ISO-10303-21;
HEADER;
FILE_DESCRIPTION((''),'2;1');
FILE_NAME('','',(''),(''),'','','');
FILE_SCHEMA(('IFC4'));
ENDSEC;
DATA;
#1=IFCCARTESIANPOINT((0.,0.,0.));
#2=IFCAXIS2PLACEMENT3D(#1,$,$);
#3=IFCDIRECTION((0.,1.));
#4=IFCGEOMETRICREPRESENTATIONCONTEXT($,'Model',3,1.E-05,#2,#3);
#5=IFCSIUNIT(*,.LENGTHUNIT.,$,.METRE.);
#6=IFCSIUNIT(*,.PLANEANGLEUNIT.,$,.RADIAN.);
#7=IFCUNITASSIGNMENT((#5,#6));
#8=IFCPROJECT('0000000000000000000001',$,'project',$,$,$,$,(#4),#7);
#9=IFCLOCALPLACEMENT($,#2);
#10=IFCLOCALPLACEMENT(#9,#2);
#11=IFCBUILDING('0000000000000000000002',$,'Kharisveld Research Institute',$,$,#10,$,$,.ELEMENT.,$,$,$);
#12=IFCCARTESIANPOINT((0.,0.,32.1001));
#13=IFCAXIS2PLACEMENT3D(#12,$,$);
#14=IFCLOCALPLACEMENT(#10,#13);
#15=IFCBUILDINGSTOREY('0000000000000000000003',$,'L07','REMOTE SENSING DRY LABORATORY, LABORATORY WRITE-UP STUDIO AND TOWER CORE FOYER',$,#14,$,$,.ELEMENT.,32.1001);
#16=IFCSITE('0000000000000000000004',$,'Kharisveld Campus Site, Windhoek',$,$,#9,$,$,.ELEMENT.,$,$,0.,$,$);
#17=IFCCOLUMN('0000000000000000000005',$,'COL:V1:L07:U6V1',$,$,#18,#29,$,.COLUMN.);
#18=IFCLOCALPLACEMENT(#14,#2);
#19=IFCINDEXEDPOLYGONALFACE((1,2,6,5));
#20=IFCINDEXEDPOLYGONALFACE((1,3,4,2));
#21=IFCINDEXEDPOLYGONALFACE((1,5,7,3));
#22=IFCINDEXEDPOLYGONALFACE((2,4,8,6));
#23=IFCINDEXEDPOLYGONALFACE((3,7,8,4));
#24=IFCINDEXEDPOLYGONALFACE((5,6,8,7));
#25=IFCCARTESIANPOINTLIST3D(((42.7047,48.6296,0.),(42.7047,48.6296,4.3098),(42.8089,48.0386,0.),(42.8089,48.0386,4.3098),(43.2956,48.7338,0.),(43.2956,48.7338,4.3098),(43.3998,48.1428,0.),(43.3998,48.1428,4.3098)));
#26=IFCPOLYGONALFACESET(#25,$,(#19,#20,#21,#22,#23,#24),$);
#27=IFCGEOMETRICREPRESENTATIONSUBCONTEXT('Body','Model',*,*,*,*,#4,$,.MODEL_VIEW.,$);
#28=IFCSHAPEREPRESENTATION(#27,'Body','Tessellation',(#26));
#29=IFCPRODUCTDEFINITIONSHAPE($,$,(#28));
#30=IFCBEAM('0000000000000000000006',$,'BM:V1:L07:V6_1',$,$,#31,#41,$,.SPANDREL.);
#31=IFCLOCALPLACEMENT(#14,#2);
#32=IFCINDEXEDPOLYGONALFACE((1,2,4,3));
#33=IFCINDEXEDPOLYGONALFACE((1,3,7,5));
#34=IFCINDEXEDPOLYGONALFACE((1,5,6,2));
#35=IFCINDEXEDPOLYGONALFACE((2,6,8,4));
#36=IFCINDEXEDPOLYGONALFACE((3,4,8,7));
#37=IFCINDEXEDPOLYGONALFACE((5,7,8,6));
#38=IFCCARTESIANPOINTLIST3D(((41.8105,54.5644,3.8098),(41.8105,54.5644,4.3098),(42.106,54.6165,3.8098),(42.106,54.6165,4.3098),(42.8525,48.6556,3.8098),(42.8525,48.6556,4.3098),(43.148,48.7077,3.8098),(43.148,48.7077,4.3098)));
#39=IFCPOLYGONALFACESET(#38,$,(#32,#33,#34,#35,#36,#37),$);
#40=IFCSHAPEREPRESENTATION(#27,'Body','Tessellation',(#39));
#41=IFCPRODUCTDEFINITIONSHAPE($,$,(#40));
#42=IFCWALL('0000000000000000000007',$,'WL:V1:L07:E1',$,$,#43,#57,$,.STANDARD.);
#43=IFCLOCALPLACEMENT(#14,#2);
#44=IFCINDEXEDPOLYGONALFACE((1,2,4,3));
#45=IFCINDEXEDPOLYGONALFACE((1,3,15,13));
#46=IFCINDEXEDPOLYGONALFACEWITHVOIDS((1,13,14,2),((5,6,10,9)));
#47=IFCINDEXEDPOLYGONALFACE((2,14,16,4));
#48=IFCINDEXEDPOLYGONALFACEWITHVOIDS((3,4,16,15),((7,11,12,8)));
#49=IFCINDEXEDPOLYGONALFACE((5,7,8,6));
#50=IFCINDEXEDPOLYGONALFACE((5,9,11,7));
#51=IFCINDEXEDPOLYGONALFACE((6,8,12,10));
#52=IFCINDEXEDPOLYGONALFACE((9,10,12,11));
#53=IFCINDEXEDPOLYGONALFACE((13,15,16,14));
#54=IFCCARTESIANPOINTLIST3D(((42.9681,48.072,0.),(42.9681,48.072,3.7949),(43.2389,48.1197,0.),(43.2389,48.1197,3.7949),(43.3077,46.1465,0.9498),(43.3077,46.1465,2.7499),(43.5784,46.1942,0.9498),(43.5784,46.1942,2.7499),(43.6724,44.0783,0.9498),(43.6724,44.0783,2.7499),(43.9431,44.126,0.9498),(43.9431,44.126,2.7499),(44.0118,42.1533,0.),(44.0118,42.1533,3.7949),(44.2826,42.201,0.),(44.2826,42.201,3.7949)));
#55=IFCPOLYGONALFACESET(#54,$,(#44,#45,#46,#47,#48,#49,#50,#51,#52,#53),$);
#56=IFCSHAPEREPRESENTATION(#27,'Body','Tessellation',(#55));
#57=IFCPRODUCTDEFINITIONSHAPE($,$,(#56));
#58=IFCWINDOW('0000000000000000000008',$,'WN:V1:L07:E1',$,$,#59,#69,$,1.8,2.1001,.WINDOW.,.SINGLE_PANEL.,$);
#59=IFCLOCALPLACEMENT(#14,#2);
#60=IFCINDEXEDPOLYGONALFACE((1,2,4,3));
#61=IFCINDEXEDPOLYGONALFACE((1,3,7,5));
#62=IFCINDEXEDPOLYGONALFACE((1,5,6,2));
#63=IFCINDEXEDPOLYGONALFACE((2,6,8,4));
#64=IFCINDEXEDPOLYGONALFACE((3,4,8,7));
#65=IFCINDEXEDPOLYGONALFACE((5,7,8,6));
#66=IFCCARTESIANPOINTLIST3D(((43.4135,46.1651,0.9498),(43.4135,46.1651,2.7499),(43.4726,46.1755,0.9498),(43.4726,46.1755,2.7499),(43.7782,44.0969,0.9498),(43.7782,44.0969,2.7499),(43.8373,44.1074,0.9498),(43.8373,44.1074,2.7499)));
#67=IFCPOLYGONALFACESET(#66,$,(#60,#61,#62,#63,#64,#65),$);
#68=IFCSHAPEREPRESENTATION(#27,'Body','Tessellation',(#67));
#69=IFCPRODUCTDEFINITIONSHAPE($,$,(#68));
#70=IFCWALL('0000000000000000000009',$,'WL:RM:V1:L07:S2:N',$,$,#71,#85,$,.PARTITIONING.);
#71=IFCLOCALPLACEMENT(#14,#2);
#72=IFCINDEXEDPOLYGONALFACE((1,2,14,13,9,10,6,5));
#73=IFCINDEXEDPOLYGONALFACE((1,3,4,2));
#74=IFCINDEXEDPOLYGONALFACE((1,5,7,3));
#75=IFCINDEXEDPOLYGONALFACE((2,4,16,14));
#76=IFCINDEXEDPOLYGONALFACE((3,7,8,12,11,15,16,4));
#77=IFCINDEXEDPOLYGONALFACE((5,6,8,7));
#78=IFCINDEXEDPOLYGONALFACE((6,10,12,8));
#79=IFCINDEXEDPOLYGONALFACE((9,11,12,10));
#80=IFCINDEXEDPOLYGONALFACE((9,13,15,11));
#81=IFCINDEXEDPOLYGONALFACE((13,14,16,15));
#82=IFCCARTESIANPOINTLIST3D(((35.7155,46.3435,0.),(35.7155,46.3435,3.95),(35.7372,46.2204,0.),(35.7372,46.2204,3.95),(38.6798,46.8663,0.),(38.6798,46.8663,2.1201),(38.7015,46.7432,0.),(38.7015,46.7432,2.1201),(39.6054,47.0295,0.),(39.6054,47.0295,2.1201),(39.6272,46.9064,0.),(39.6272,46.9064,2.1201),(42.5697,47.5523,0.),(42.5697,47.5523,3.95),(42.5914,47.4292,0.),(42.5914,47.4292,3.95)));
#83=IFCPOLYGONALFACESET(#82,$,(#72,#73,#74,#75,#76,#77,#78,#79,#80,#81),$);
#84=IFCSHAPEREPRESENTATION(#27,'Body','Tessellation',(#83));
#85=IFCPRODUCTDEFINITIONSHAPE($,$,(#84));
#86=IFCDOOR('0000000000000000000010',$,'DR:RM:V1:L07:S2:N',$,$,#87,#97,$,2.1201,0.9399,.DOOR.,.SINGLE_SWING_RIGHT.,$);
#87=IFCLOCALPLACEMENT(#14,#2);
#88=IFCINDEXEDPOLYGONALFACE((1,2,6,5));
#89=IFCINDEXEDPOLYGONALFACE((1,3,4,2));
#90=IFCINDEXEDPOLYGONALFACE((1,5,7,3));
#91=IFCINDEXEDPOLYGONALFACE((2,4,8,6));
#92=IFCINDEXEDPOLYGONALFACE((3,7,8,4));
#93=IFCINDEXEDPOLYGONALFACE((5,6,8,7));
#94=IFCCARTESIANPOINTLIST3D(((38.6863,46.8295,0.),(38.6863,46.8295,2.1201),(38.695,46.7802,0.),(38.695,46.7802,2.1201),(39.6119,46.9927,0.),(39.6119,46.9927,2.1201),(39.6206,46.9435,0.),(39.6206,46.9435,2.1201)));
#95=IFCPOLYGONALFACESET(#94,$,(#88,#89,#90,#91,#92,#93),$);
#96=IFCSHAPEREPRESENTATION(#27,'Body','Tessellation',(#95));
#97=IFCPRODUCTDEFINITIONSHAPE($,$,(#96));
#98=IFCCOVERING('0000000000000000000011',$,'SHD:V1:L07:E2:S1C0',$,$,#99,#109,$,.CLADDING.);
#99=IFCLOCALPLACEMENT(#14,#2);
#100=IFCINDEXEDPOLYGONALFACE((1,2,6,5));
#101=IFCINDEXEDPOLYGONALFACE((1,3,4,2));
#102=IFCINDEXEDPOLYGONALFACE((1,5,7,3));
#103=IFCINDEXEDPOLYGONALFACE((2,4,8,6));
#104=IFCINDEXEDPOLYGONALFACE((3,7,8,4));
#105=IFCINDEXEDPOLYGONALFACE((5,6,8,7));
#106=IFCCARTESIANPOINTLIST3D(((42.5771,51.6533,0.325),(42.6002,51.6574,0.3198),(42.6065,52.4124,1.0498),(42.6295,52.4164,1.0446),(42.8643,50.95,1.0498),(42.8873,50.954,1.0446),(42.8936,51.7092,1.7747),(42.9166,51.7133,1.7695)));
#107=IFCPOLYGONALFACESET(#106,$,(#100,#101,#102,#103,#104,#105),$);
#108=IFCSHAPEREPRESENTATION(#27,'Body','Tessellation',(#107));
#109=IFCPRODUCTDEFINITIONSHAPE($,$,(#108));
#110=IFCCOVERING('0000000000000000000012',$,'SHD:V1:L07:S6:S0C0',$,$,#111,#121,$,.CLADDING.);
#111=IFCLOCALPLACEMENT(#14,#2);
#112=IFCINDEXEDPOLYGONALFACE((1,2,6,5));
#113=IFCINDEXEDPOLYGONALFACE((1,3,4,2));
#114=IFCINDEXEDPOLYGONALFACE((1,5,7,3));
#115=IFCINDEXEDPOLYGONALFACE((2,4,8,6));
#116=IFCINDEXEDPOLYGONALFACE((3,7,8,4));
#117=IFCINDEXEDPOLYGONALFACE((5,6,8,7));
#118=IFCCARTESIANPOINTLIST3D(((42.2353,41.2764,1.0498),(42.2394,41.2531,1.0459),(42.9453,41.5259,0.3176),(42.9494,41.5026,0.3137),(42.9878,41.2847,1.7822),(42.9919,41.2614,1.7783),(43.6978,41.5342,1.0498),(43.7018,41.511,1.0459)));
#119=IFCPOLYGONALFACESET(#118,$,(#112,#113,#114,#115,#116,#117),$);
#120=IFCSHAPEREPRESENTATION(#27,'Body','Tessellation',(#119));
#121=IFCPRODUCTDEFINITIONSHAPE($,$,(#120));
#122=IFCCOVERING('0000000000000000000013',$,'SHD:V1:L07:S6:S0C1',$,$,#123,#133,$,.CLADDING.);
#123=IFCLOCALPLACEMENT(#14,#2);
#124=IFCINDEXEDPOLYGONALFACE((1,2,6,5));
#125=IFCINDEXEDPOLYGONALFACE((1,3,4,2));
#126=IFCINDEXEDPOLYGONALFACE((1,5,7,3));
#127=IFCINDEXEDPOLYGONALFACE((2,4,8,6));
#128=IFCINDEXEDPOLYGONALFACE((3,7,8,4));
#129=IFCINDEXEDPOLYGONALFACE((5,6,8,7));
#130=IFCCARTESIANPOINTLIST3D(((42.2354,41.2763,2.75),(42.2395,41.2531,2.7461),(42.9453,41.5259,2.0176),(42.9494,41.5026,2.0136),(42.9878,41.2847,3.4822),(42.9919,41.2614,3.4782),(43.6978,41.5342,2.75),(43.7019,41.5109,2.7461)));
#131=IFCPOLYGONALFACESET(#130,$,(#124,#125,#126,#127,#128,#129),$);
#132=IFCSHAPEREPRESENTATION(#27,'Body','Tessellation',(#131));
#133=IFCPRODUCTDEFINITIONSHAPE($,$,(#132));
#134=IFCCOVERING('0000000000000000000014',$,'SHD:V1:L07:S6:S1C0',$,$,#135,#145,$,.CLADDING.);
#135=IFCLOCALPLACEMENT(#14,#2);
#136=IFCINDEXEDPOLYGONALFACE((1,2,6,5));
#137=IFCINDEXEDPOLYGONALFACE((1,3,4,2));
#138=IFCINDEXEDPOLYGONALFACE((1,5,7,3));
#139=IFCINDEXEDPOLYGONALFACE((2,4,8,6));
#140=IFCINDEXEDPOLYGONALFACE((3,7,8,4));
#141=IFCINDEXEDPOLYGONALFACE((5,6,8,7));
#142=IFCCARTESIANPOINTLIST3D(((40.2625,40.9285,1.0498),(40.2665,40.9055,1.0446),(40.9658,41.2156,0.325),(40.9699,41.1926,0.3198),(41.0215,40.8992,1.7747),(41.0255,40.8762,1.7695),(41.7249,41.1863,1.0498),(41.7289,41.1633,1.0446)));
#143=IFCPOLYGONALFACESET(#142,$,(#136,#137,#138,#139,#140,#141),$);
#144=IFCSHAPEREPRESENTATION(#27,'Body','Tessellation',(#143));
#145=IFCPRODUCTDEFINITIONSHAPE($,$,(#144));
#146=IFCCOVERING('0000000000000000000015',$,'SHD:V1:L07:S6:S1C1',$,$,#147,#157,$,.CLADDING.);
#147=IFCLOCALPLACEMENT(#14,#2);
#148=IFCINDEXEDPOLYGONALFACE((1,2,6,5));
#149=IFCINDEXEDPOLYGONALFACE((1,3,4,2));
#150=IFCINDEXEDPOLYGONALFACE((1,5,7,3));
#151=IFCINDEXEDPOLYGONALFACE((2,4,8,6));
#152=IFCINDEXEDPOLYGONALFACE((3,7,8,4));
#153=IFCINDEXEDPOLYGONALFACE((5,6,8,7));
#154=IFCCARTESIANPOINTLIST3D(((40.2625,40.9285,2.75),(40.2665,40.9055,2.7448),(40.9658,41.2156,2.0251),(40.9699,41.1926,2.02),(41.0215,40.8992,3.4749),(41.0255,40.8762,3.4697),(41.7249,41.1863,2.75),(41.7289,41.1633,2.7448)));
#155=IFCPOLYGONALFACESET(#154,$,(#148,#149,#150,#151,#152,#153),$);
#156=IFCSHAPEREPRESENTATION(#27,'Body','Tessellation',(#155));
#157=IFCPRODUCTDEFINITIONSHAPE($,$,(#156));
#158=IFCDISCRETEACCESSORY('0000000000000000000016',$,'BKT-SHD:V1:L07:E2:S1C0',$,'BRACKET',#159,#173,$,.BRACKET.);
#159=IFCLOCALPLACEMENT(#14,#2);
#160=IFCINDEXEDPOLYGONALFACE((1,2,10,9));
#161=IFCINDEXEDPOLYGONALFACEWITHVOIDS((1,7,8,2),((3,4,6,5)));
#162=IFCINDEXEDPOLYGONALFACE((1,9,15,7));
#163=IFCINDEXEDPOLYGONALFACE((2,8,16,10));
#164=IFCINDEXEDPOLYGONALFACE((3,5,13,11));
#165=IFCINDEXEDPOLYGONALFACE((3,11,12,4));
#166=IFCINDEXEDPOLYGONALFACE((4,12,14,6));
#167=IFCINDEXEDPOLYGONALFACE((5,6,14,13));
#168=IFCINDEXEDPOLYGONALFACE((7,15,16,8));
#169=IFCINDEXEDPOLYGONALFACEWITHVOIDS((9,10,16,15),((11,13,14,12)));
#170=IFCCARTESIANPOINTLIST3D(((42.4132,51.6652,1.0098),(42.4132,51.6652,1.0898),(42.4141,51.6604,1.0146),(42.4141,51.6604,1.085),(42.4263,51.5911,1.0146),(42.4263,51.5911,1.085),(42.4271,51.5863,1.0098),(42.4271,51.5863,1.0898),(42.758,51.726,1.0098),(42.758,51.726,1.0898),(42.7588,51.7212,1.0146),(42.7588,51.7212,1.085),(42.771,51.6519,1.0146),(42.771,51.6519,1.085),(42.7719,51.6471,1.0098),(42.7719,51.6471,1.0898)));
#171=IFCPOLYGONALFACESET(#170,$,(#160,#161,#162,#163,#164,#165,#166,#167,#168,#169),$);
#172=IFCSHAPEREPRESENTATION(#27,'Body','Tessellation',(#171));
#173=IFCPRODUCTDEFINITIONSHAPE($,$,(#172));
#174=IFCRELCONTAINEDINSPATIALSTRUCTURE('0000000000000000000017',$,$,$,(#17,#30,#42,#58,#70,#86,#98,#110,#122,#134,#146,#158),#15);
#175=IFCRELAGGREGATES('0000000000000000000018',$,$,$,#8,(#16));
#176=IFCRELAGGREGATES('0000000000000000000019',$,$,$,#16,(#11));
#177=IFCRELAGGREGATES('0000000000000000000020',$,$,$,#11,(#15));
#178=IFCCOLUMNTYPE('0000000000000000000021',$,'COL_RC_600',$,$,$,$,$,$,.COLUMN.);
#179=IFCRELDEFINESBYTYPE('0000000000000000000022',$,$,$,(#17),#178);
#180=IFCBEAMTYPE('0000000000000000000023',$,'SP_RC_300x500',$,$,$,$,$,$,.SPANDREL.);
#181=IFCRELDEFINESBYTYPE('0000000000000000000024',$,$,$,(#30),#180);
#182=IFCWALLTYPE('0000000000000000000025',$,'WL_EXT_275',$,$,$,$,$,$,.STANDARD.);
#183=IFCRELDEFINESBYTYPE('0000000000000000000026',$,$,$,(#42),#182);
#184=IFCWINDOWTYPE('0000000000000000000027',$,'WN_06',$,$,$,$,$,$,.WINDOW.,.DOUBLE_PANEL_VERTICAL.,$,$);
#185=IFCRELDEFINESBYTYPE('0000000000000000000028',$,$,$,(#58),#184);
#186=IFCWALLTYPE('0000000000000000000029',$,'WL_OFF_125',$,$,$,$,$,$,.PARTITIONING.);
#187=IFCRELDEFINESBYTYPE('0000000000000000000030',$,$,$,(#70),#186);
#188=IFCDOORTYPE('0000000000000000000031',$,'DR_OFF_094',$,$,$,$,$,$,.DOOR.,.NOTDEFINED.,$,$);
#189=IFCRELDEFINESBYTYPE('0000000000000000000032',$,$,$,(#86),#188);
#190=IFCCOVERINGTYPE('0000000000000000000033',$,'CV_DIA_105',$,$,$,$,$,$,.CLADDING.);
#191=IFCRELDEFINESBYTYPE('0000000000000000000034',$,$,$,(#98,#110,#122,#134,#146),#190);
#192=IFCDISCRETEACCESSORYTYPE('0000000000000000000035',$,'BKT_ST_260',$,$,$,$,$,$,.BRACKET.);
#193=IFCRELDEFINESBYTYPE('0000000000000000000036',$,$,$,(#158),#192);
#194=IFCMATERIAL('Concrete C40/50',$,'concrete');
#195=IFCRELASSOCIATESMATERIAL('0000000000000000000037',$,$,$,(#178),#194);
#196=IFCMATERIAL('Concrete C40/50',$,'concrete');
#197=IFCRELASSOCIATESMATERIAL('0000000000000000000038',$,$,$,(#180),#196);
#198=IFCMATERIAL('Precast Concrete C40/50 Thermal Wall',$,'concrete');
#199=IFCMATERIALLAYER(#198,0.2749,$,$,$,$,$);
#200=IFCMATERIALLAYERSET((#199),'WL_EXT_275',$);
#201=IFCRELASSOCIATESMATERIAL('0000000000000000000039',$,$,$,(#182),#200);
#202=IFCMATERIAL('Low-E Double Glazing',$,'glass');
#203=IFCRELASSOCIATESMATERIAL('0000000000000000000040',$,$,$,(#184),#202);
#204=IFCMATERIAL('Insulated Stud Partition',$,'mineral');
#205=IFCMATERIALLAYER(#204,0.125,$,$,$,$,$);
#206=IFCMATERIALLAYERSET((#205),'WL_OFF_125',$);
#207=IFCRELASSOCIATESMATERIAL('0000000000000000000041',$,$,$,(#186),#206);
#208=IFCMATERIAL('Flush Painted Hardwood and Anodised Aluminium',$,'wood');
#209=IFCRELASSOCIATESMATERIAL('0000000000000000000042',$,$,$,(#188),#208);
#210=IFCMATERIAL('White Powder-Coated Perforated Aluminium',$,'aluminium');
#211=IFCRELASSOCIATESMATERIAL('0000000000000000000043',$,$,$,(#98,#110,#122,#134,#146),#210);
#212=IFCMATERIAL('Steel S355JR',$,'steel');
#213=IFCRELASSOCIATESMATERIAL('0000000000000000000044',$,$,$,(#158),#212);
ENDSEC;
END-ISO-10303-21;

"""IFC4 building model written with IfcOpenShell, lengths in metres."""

from ifc_helpers import new_model, si_unit, direction, frame, frame_2d, origin, origin_2d, place, context, subcontext, project, spatial, polyline, rectangle, hollow_rectangle, outline, extrude, material, layer, layer_set, material_profile, profile_set, type_object, element, fill, save


model = new_model("IFC4")

# Units and contexts
model_context = context("Model", 3, precision=1e-05, world=origin(), true_north=direction((0.0, 1.0)))
body_context = subcontext(model_context, "Body", "Model", "MODEL_VIEW")
ifc_project = project(units=[si_unit("LENGTHUNIT", "METRE"), si_unit("PLANEANGLEUNIT", "RADIAN")], contexts=[model_context])

# Site, building, storey
site_placement = place(None, origin())
site = spatial("IfcSite", under=ifc_project, at=site_placement, Name="Kharisveld Campus Site, Windhoek", CompositionType="ELEMENT", RefElevation=0.0)
building_placement = place(site_placement, origin())
building = spatial("IfcBuilding", under=site, at=building_placement, Name="Kharisveld Research Institute", CompositionType="ELEMENT")
storey_placement = place(building_placement, frame((0.0, 0.0, 32.1001)))
storey = spatial("IfcBuildingStorey", under=building, at=storey_placement, Name="L07", Description="REMOTE SENSING DRY LABORATORY, LABORATORY WRITE-UP STUDIO AND TOWER CORE FOYER", CompositionType="ELEMENT", Elevation=32.1001)

# Column
ifc_material_1 = material(Name="Concrete C40/50", Category="concrete")
ifc_material_profile_1 = material_profile(ifc_material_1, rectangle(XDim=0.6001, YDim=0.6001, at=origin_2d()))
ifc_profile_set_1 = profile_set([ifc_material_profile_1], Name="Concrete C40/50")
column_type = type_object("IfcColumnType", Name="COL_RC_600", PredefinedType="COLUMN", material=ifc_profile_set_1)
column_placement = place(storey_placement, frame((43.0522, 48.3862, 0.0), z_axis=(0.0, 0.0, 1.0), x_axis=(0.984808, 0.173648, 0.0)))
element("IfcColumn", 1, at=column_placement, inside=storey, type_object=column_type, Name="COL:V1:L07:U6V1", PredefinedType="COLUMN", context=body_context, shape_type="SweptSolid", body=[
    extrude(rectangle(XDim=0.6001, YDim=0.6001, at=origin_2d()), origin(), (0.0, 0.0, 1.0), 4.3098),
])

# Beam
ifc_material_2 = material(Name="Concrete C40/50", Category="concrete")
ifc_material_profile_2 = material_profile(ifc_material_2, rectangle(XDim=0.3, YDim=0.5, at=origin_2d()))
ifc_profile_set_2 = profile_set([ifc_material_profile_2], Name="Concrete C40/50")
beam_type = type_object("IfcBeamType", Name="SP_RC_300x500", PredefinedType="SPANDREL", material=ifc_profile_set_2)
beam_placement = place(storey_placement, frame((43.0002, 48.6816, 4.0598), z_axis=(-0.173662, 0.984805, 0.0), x_axis=(-0.984805, -0.173662, 0.0)))
element("IfcBeam", 2, at=beam_placement, inside=storey, type_object=beam_type, Name="BM:V1:L07:V6_1", PredefinedType="SPANDREL", context=body_context, shape_type="SweptSolid", body=[
    extrude(rectangle(XDim=0.3, YDim=0.5, at=origin_2d()), origin(), (0.0, 0.0, 1.0), 6.0),
])

# Wall, opening, window
ifc_material_3 = material(Name="Precast Concrete C40/50 Thermal Wall", Category="concrete")
ifc_layer_1 = layer(ifc_material_3, 0.2749)
ifc_layer_set_1 = layer_set([ifc_layer_1], Name="WL_EXT_275")
wall_type_1 = type_object("IfcWallType", Name="WL_EXT_275", PredefinedType="STANDARD", material=ifc_layer_set_1)
wall_1_placement = place(storey_placement, frame((43.1035, 48.0957, 0.0), z_axis=(0.0, 0.0, 1.0), x_axis=(0.17366, -0.984806, 0.0)))
wall_1 = element("IfcWall", 3, at=wall_1_placement, inside=storey, type_object=wall_type_1, Name="WL:V1:L07:E1", PredefinedType="STANDARD", context=body_context, shape_type="SweptSolid", body=[
    extrude(rectangle(XDim=6.01, YDim=0.2749, at=frame_2d((3.0049, 0.0))), origin(), (0.0, 0.0, 1.0), 3.7949),
])
opening_1_placement = place(wall_1_placement, frame((1.9551, 0.0, 0.95)))
opening_1 = element("IfcOpeningElement", 4, at=opening_1_placement, cuts=wall_1, PredefinedType="OPENING", context=body_context, shape_type="SweptSolid", body=[
    extrude(rectangle(XDim=2.1001, YDim=1.8, at=frame_2d((1.05, 0.8999))), frame((0.0, 0.1375, 0.0), z_axis=(0.0, -1.0, 0.0), x_axis=(1.0, 0.0, 0.0)), (0.0, 0.0, 1.0), 0.2749),
])
ifc_material_4 = material(Name="Low-E Double Glazing", Category="glass")
window_type = type_object("IfcWindowType", Name="WN_06", PartitioningType="DOUBLE_PANEL_VERTICAL", PredefinedType="WINDOW", material=ifc_material_4)
window_placement = place(opening_1_placement, origin())
window = element("IfcWindow", 5, at=window_placement, inside=storey, type_object=window_type, Name="WN:V1:L07:E1", OverallHeight=1.8, OverallWidth=2.1001, PartitioningType="SINGLE_PANEL", PredefinedType="WINDOW", context=body_context, shape_type="SweptSolid", body=[
    extrude(rectangle(XDim=2.1001, YDim=1.8, at=frame_2d((1.05, 0.8999))), frame((0.0, 0.03, 0.0), z_axis=(0.0, -1.0, 0.0), x_axis=(1.0, 0.0, 0.0)), (0.0, 0.0, 1.0), 0.0601),
])
fill(opening_1, window)

# Wall, opening, door
ifc_material_5 = material(Name="Insulated Stud Partition", Category="mineral")
ifc_layer_2 = layer(ifc_material_5, 0.125)
ifc_layer_set_2 = layer_set([ifc_layer_2], Name="WL_OFF_125")
wall_type_2 = type_object("IfcWallType", Name="WL_OFF_125", PredefinedType="PARTITIONING", material=ifc_layer_set_2)
wall_2_placement = place(storey_placement, frame((42.5806, 47.4907, 0.0), z_axis=(0.0, 0.0, 1.0), x_axis=(-0.984804, -0.173669, 0.0)))
wall_2 = element("IfcWall", 6, at=wall_2_placement, inside=storey, type_object=wall_type_2, Name="WL:RM:V1:L07:S2:N", PredefinedType="PARTITIONING", context=body_context, shape_type="SweptSolid", body=[
    extrude(rectangle(XDim=6.96, YDim=0.125, at=frame_2d((3.48, 0.0))), origin(), (0.0, 0.0, 1.0), 3.95),
])
opening_2_placement = place(wall_2_placement, frame((3.01, 0.0, 0.0)))
opening_2 = element("IfcOpeningElement", 7, at=opening_2_placement, cuts=wall_2, PredefinedType="OPENING", context=body_context, shape_type="SweptSolid", body=[
    extrude(rectangle(XDim=0.9399, YDim=2.1201, at=frame_2d((0.47, 1.0601))), frame((0.0, 0.0625, 0.0), z_axis=(0.0, -1.0, 0.0), x_axis=(1.0, 0.0, 0.0)), (0.0, 0.0, 1.0), 0.125),
])
ifc_material_6 = material(Name="Flush Painted Hardwood and Anodised Aluminium", Category="wood")
door_type = type_object("IfcDoorType", Name="DR_OFF_094", OperationType="NOTDEFINED", PredefinedType="DOOR", material=ifc_material_6)
door_placement = place(opening_2_placement, origin())
door = element("IfcDoor", 8, at=door_placement, inside=storey, type_object=door_type, Name="DR:RM:V1:L07:S2:N", OperationType="SINGLE_SWING_RIGHT", OverallHeight=2.1201, OverallWidth=0.9399, PredefinedType="DOOR", context=body_context, shape_type="SweptSolid", body=[
    extrude(rectangle(XDim=0.9399, YDim=2.1201, at=frame_2d((0.47, 1.0601))), frame((0.0, 0.0249, 0.0), z_axis=(0.0, -1.0, 0.0), x_axis=(1.0, 0.0, 0.0)), (0.0, 0.0, 1.0), 0.05),
])
fill(opening_2, door)

# Coverings
ifc_material_7 = material(Name="White Powder-Coated Perforated Aluminium", Category="aluminium")
covering_type = type_object("IfcCoveringType", Name="CV_DIA_105", PredefinedType="CLADDING")
covering_1_placement = place(storey_placement, frame((42.5771, 51.6533, 0.325), z_axis=(-0.961481, -0.169503, 0.216385), x_axis=(0.273447, -0.66985, 0.69031)))
element("IfcCovering", 9, at=covering_1_placement, inside=storey, type_object=covering_type, material=ifc_material_7, Name="SHD:V1:L07:E2:S1C0", PredefinedType="CLADDING", context=body_context, shape_type="SweptSolid", body=[
    extrude(outline(polyline([(0.0, 0.0), (1.05, 0.0), (1.0498, 1.0501), (-0.0001, 1.05), (0.0, 0.0)])), origin(), (0.0, 0.0, -1.0), 0.0239),
])
covering_2_placement = place(storey_placement, frame((42.9453, 41.5259, 0.3176), z_axis=(-0.171239, 0.971325, 0.164938), x_axis=(-0.676192, -0.237624, 0.697352)))
element("IfcCovering", 10, at=covering_2_placement, inside=storey, type_object=covering_type, material=ifc_material_7, Name="SHD:V1:L07:S6:S0C0", PredefinedType="CLADDING", context=body_context, shape_type="SweptSolid", body=[
    extrude(outline(polyline([(0.0, 0.0), (1.0499, 0.0), (1.0499, 1.0501), (-0.0002, 1.0499), (0.0, 0.0)])), origin(), (0.0, 0.0, -1.0), 0.0239),
])
covering_3_placement = place(storey_placement, frame((42.9453, 41.5259, 2.0176), z_axis=(-0.171239, 0.971325, 0.164938), x_axis=(-0.676076, -0.237623, 0.697465)))
element("IfcCovering", 11, at=covering_3_placement, inside=storey, type_object=covering_type, material=ifc_material_7, Name="SHD:V1:L07:S6:S0C1", PredefinedType="CLADDING", context=body_context, shape_type="SweptSolid", body=[
    extrude(outline(polyline([(0.0, 0.0), (1.0501, 0.0), (1.0501, 1.0499), (0.0002, 1.0501), (0.0, 0.0)])), origin(), (0.0, 0.0, -1.0), 0.0239),
])
for number, where, z_axis, x_axis, name in (
    (12, (40.9658, 41.2156, 0.325), (-0.169504, 0.961487, 0.216358), (-0.669853, -0.273429, 0.690314), "SHD:V1:L07:S6:S1C0"),
    (13, (40.9658, 41.2156, 2.0251), (-0.169504, 0.961487, 0.216358), (-0.669853, -0.273429, 0.690314), "SHD:V1:L07:S6:S1C1"),
):
    element("IfcCovering", number, at=place(storey_placement, frame(where, z_axis=z_axis, x_axis=x_axis)), inside=storey, type_object=covering_type, material=ifc_material_7, Name=name, PredefinedType="CLADDING", context=body_context, shape_type="SweptSolid", body=[
        extrude(outline(polyline([(0.0, 0.0), (1.05, 0.0), (1.05, 1.05), (-0.0001, 1.05), (0.0, 0.0)])), origin(), (0.0, 0.0, -1.0), 0.0239),
    ])

# Discrete accessory
ifc_material_8 = material(Name="Steel S355JR", Category="steel")
discrete_accessory_type = type_object("IfcDiscreteAccessoryType", Name="BKT_ST_260", PredefinedType="BRACKET")
for number, where, z_axis, x_axis, name in (
    (14, (42.4202, 51.6257, 1.0498), (0.984805, 0.173666, 0.0), (-0.173666, 0.984805, 0.0), "BKT-SHD:V1:L07:E2:S1C0"),
):
    element("IfcDiscreteAccessory", number, at=place(storey_placement, frame(where, z_axis=z_axis, x_axis=x_axis)), inside=storey, type_object=discrete_accessory_type, material=ifc_material_8, Name=name, ObjectType="BRACKET", PredefinedType="BRACKET", context=body_context, shape_type="SweptSolid", body=[
        extrude(hollow_rectangle(XDim=0.0801, YDim=0.0801, WallThickness=0.0049, at=origin_2d()), origin(), (0.0, 0.0, 1.0), 0.3501),
    ])

save(model, "model.ifc")
